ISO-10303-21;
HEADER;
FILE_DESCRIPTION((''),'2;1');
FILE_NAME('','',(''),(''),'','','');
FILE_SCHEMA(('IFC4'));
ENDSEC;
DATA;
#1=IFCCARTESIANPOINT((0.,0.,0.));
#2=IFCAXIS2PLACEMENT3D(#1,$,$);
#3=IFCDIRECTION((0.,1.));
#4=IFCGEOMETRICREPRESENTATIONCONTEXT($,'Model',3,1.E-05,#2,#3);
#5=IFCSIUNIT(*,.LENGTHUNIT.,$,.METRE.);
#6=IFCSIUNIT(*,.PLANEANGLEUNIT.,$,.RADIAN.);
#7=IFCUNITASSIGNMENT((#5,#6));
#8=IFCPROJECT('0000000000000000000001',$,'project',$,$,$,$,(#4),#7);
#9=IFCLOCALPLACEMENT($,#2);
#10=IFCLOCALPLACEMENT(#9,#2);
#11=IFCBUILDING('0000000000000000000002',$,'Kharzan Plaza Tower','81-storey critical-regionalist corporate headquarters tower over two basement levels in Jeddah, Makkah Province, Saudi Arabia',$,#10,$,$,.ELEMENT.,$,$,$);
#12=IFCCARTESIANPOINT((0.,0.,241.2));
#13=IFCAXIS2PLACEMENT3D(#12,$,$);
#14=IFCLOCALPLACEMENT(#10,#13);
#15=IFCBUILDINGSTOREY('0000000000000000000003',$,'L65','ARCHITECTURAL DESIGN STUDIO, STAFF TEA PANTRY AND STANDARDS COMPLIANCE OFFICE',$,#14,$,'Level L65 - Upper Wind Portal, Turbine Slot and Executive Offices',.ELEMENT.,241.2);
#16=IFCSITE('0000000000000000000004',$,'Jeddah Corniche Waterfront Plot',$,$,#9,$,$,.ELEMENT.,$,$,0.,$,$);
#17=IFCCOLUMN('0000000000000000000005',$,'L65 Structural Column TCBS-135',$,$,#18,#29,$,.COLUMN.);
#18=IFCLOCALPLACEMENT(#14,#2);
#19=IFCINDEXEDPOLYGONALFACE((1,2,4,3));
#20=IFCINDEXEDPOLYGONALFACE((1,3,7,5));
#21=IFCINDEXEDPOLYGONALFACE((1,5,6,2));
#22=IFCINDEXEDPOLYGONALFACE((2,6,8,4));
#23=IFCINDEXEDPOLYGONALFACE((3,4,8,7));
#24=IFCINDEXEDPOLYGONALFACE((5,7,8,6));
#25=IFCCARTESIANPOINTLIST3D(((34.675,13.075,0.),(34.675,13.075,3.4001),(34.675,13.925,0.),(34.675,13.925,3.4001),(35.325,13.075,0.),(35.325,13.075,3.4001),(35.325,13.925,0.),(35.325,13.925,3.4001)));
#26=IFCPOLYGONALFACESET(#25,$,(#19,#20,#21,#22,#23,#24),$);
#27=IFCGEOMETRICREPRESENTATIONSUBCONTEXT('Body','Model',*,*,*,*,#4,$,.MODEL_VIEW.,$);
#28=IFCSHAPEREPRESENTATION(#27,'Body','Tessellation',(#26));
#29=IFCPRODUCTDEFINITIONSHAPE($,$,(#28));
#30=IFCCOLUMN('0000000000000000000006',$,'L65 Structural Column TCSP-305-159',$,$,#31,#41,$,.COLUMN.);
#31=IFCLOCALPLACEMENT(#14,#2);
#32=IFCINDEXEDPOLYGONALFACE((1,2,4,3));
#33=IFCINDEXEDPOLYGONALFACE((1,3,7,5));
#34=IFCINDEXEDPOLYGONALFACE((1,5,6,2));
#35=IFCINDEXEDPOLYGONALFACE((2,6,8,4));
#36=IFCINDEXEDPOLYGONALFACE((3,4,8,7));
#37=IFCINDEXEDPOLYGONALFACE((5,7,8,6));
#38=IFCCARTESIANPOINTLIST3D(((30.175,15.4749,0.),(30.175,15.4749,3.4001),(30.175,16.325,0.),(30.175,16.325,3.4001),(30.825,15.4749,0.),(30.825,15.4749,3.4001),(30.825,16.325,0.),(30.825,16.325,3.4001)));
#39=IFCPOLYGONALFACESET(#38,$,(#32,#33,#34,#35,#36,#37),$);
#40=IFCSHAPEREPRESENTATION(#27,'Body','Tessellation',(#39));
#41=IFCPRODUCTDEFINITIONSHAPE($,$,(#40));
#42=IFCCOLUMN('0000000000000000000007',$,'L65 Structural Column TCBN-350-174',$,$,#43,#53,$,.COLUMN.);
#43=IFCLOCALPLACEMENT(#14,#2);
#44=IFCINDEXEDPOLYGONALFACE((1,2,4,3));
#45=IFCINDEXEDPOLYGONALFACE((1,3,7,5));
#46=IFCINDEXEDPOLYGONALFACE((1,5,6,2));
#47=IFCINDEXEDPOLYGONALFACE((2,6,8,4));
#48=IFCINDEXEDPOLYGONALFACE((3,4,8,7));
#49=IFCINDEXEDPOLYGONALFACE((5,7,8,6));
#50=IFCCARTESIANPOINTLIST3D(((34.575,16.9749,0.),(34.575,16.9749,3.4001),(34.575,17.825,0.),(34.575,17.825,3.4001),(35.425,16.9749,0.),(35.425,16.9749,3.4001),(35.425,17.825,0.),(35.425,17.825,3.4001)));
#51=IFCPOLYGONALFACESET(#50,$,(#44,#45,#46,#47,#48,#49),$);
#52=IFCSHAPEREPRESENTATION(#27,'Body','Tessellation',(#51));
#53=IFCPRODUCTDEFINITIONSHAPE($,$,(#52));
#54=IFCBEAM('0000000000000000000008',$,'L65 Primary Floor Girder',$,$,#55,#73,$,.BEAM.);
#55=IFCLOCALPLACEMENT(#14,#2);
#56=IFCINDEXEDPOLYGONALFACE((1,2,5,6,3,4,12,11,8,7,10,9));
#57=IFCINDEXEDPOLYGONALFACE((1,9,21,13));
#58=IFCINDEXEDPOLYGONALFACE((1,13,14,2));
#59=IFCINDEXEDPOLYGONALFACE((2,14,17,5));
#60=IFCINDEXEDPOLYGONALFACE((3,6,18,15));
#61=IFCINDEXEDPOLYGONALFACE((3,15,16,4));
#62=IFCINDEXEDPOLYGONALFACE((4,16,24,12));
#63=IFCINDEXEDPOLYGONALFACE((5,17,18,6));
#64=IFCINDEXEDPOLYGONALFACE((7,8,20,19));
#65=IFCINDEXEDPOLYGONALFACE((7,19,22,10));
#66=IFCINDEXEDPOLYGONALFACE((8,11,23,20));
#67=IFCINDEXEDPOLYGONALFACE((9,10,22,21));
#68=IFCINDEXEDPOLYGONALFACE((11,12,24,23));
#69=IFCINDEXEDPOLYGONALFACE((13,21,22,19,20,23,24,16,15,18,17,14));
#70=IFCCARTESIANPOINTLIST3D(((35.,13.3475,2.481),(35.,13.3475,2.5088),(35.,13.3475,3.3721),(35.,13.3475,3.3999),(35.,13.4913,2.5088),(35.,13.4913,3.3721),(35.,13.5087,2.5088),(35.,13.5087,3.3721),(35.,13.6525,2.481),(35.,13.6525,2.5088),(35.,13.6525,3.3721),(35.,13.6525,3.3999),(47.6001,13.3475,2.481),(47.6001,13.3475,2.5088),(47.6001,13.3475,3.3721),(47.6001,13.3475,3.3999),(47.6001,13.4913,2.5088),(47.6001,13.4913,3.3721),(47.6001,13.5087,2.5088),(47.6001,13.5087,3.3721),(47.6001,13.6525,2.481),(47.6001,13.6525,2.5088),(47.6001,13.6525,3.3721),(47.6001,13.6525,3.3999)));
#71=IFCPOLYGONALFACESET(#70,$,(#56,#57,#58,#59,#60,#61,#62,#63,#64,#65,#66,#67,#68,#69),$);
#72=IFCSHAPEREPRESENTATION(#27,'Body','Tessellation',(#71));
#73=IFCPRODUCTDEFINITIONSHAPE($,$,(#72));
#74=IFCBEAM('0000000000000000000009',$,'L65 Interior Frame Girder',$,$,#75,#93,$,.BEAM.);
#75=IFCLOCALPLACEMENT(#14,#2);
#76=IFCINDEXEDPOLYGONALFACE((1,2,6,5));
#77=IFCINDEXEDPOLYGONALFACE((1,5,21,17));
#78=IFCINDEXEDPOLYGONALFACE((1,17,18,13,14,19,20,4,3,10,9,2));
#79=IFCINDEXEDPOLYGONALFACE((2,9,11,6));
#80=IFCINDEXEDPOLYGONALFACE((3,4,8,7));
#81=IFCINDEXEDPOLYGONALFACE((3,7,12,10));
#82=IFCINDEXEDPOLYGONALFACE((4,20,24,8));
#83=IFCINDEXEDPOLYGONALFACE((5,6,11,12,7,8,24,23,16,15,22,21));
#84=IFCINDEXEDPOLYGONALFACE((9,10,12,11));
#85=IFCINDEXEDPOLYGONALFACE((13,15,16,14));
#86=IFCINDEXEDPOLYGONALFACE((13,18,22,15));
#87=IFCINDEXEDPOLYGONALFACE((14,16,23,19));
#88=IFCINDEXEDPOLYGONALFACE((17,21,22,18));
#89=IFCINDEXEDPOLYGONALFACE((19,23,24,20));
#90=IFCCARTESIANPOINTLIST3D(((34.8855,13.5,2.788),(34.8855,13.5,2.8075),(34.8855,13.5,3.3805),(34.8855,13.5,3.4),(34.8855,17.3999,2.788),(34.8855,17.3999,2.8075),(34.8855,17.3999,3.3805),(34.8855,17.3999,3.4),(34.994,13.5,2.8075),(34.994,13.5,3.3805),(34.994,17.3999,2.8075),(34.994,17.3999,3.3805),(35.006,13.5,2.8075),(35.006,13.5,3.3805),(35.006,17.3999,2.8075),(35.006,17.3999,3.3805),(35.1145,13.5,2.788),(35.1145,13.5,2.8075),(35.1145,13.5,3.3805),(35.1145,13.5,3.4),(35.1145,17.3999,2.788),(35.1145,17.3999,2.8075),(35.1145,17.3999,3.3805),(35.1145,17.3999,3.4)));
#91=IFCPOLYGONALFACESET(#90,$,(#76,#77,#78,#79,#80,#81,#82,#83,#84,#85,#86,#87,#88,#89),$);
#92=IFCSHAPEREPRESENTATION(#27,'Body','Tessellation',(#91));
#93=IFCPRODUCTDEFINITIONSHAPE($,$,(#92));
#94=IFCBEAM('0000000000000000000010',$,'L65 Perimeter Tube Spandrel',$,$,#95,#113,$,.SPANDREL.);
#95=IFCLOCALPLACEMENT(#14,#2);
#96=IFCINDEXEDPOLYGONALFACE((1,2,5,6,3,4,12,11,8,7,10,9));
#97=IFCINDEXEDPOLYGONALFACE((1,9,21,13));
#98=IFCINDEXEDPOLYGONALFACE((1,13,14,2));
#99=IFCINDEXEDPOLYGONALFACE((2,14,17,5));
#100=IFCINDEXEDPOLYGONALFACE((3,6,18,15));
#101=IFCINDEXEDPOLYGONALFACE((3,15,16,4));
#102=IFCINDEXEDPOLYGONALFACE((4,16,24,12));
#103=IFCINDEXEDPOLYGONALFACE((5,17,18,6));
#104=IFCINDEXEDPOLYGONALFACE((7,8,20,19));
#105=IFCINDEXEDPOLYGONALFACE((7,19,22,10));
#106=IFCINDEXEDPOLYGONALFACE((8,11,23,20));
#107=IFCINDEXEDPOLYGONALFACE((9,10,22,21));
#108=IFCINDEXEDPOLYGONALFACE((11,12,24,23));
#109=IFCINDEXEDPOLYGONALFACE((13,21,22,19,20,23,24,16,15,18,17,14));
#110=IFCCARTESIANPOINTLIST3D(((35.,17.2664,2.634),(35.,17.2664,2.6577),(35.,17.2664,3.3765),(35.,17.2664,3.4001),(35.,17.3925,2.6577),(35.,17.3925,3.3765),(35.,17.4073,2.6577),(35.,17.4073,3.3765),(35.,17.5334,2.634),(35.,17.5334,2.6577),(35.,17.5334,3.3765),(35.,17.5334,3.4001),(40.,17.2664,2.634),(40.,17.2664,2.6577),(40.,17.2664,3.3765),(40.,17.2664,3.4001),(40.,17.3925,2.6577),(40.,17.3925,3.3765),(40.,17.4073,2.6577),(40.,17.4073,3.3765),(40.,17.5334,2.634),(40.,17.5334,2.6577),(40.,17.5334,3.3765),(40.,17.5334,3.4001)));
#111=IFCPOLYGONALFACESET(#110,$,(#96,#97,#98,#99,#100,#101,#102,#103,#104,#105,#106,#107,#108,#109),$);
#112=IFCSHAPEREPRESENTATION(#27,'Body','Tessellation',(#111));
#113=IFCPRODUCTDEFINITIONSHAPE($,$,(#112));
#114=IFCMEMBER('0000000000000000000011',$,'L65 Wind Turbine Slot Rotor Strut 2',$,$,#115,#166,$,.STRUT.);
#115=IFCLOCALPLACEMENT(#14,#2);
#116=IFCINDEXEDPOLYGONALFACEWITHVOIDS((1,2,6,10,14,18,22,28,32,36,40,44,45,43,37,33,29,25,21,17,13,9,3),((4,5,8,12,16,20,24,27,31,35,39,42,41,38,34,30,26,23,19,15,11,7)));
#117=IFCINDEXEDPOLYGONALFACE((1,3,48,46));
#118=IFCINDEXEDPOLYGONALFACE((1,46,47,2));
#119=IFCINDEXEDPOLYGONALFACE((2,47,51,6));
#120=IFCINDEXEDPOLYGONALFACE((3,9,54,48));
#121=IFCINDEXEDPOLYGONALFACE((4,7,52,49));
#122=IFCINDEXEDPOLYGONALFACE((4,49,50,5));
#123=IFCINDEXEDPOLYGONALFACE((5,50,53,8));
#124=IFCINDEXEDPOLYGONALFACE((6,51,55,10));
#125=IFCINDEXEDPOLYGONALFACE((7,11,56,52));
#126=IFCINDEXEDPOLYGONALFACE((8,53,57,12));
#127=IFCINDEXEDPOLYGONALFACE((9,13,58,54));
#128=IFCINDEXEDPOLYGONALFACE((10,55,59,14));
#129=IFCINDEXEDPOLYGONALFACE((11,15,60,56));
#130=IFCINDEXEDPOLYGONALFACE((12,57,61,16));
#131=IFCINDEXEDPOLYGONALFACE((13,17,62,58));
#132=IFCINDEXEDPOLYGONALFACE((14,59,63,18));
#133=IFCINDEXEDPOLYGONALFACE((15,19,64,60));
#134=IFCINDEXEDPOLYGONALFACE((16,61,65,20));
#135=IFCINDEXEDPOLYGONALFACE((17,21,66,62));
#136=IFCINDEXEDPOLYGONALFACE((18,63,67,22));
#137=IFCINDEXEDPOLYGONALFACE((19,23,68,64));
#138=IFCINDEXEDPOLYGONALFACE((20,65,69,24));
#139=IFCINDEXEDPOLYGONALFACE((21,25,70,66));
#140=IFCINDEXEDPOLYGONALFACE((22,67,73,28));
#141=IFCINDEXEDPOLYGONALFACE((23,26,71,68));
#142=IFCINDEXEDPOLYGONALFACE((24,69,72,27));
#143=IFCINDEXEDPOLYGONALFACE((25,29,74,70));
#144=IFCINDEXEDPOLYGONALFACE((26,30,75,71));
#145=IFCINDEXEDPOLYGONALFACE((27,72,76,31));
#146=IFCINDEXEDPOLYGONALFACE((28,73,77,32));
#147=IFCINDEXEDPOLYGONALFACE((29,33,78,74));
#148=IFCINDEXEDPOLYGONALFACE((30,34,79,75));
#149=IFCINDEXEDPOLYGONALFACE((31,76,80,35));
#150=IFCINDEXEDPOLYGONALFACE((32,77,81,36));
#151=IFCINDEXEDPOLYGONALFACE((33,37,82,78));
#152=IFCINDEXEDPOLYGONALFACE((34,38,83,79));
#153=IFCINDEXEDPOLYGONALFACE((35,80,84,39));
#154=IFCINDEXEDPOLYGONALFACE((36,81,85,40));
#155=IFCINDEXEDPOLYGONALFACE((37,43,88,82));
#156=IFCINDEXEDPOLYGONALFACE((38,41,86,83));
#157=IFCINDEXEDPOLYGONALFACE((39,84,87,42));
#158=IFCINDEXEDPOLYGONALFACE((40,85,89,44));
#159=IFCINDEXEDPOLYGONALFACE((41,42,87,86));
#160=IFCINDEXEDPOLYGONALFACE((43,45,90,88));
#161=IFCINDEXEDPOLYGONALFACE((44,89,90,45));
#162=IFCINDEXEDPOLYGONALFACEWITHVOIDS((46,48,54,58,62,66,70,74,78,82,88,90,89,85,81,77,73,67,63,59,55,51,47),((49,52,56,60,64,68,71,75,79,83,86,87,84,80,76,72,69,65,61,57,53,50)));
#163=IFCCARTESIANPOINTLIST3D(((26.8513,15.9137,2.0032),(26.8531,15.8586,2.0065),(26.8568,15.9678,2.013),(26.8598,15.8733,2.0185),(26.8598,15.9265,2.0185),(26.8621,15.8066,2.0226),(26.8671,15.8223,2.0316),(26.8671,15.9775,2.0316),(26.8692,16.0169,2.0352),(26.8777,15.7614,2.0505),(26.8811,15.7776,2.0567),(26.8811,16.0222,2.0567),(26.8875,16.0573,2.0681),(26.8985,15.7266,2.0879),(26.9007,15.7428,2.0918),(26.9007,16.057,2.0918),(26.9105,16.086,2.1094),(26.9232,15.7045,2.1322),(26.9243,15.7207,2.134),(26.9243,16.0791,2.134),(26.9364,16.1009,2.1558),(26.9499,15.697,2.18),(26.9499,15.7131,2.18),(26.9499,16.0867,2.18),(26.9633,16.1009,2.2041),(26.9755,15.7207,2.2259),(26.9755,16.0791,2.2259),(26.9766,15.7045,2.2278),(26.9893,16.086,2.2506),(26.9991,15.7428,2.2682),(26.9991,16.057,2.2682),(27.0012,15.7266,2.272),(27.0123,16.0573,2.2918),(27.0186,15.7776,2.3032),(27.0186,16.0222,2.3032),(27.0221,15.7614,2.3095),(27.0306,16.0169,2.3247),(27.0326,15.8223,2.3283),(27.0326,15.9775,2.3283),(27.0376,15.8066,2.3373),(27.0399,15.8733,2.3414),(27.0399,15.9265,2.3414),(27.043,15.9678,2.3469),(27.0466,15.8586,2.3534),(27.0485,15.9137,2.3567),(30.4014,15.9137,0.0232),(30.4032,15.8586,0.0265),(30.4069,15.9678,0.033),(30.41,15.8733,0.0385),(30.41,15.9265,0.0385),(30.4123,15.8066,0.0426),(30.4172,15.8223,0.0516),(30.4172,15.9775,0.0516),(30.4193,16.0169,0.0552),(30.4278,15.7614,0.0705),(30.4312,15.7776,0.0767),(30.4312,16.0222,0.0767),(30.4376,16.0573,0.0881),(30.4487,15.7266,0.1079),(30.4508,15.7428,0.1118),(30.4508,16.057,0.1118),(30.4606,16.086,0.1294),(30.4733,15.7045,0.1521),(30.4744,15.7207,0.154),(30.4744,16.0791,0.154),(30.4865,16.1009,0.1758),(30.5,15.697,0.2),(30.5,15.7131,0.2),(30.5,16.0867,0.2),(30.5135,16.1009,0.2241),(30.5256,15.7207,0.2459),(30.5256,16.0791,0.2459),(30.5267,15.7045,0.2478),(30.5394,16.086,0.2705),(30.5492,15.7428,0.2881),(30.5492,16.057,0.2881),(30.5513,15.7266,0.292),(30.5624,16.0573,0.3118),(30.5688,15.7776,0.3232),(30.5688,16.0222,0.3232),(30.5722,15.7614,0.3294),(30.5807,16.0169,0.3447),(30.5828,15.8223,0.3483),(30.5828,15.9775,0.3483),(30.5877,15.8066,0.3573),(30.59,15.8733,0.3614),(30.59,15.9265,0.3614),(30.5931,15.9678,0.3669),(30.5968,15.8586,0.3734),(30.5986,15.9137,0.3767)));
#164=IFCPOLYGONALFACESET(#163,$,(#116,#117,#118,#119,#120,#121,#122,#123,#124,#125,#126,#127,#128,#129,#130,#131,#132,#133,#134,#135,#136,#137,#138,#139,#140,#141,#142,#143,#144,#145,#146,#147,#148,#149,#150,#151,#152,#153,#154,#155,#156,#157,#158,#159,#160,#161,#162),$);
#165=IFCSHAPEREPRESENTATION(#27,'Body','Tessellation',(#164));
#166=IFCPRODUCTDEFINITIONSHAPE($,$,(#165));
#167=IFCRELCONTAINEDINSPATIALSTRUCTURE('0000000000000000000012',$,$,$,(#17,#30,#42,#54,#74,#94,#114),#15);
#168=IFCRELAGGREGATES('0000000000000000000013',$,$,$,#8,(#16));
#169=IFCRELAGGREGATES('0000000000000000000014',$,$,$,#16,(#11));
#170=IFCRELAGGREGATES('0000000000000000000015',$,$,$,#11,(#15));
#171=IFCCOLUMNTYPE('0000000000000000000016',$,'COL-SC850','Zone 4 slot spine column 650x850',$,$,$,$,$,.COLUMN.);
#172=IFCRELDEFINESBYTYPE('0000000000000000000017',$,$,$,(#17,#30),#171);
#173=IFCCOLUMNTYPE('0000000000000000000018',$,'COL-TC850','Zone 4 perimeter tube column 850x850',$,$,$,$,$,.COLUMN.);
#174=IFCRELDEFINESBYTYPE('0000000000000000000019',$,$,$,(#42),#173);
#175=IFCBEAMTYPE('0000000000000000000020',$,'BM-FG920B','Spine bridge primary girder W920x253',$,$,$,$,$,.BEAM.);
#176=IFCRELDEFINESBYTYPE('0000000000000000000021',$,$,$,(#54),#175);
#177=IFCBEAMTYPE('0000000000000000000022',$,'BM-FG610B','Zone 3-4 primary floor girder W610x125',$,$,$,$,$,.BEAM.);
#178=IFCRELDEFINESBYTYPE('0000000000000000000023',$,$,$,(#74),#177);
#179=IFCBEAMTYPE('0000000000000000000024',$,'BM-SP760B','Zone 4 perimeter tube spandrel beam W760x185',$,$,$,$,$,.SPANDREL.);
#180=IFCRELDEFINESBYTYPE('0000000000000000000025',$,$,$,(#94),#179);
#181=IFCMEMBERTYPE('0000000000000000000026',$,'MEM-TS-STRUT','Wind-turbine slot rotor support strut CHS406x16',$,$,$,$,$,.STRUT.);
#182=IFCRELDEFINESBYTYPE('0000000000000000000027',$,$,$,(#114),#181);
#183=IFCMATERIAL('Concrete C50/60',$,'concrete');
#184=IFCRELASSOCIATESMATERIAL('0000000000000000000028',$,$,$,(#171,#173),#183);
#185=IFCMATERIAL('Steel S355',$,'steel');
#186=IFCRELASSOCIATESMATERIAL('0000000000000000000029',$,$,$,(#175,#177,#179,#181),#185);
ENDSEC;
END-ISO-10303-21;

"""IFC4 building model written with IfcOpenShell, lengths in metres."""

from ifc_helpers import new_model, si_unit, direction, frame, origin, origin_2d, place, context, subcontext, project, spatial, rectangle, hollow_circle, i_section, extrude, source, transform, mapped, material, material_profile, profile_set, type_object, element, save


model = new_model("IFC4")

# Units and contexts
model_context = context("Model", 3, precision=1e-05, world=origin(), true_north=direction((0.0, 1.0)))
body_context = subcontext(model_context, "Body", "Model", "MODEL_VIEW")
ifc_project = project(units=[si_unit("LENGTHUNIT", "METRE"), si_unit("PLANEANGLEUNIT", "RADIAN")], contexts=[model_context])

# Site, building, storey
site_placement = place(None, origin())
site = spatial("IfcSite", under=ifc_project, at=site_placement, Name="Jeddah Corniche Waterfront Plot", CompositionType="ELEMENT", RefElevation=0.0)
building_placement = place(site_placement, origin())
building = spatial("IfcBuilding", under=site, at=building_placement, Name="Kharzan Plaza Tower", Description="81-storey critical-regionalist corporate headquarters tower over two basement levels in Jeddah, Makkah Province, Saudi Arabia", CompositionType="ELEMENT")
storey_placement = place(building_placement, frame((0.0, 0.0, 241.2)))
storey = spatial("IfcBuildingStorey", under=building, at=storey_placement, Name="L65", Description="ARCHITECTURAL DESIGN STUDIO, STAFF TEA PANTRY AND STANDARDS COMPLIANCE OFFICE", LongName="Level L65 - Upper Wind Portal, Turbine Slot and Executive Offices", CompositionType="ELEMENT", Elevation=241.2)

# Columns
ifc_material_1 = material(Name="Concrete C50/60", Category="concrete")
ifc_material_profile_1 = material_profile(ifc_material_1, rectangle(XDim=0.6499, YDim=0.8501, at=origin_2d()), Name="RC-SC850x650")
ifc_profile_set_1 = profile_set([ifc_material_profile_1], Name="Concrete C50/60")
column_type_1 = type_object("IfcColumnType", Name="COL-SC850", Description="Zone 4 slot spine column 650x850", PredefinedType="COLUMN", material=ifc_profile_set_1)
shared_shape_1 = source(origin(), body_context, "Body", "SweptSolid", [
    extrude(rectangle(XDim=0.6499, YDim=0.8501, at=origin_2d()), origin(), (0.0, 0.0, 1.0), 3.4001),
])
for number, where, z_axis, x_axis, name in (
    (1, (35.0, 13.5, 0.0), (0.0, 0.0, 1.0), (1.0, 0.0, 0.0), "L65 Structural Column TCBS-135"),
    (2, (30.5, 15.8999, 0.0), (0.0, 0.0, 1.0), (1.0, 0.0, 0.0), "L65 Structural Column TCSP-305-159"),
):
    element("IfcColumn", number, at=place(storey_placement, frame(where, z_axis=z_axis, x_axis=x_axis)), inside=storey, type_object=column_type_1, Name=name, PredefinedType="COLUMN", context=body_context, shape_type="MappedRepresentation", body=[
        mapped(shared_shape_1, transform((0.0, 0.0, 0.0), x_axis=(1.0, 0.0, 0.0), y_axis=(0.0, 1.0, 0.0), z_axis=(0.0, 0.0, 1.0))),
    ])
ifc_material_profile_2 = material_profile(ifc_material_1, rectangle(XDim=0.8501, YDim=0.8501, at=origin_2d()), Name="RC-TC850x850")
ifc_profile_set_2 = profile_set([ifc_material_profile_2], Name="Concrete C50/60")
column_type_2 = type_object("IfcColumnType", Name="COL-TC850", Description="Zone 4 perimeter tube column 850x850", PredefinedType="COLUMN", material=ifc_profile_set_2)
shared_shape_2 = source(origin(), body_context, "Body", "SweptSolid", [
    extrude(rectangle(XDim=0.8501, YDim=0.8501, at=origin_2d()), origin(), (0.0, 0.0, 1.0), 3.4001),
])
column_placement = place(storey_placement, frame((35.0, 17.3999, 0.0), z_axis=(0.0, 0.0, 1.0), x_axis=(1.0, 0.0, 0.0)))
element("IfcColumn", 3, at=column_placement, inside=storey, type_object=column_type_2, Name="L65 Structural Column TCBN-350-174", PredefinedType="COLUMN", context=body_context, shape_type="MappedRepresentation", body=[
    mapped(shared_shape_2, transform((0.0, 0.0, 0.0), x_axis=(1.0, 0.0, 0.0), y_axis=(0.0, 1.0, 0.0), z_axis=(0.0, 0.0, 1.0))),
])

# Beams
ifc_material_2 = material(Name="Steel S355", Category="steel")
ifc_material_profile_3 = material_profile(ifc_material_2, i_section(OverallWidth=0.3049, OverallDepth=0.9189, WebThickness=0.0173, FlangeThickness=0.0278, at=origin_2d()), Name="W920x253")
ifc_profile_set_3 = profile_set([ifc_material_profile_3], Name="Steel S355")
beam_type_1 = type_object("IfcBeamType", Name="BM-FG920B", Description="Spine bridge primary girder W920x253", PredefinedType="BEAM", material=ifc_profile_set_3)
shared_shape_3 = source(origin(), body_context, "Body", "SweptSolid", [
    extrude(i_section(OverallWidth=0.3049, OverallDepth=0.9189, WebThickness=0.0173, FlangeThickness=0.0278, at=origin_2d()), origin(), (0.0, 0.0, 1.0), 12.6001),
])
beam_1_placement = place(storey_placement, frame((35.0, 13.5, 2.9404), z_axis=(1.0, 0.0, 0.0), x_axis=(0.0, 1.0, 0.0)))
element("IfcBeam", 4, at=beam_1_placement, inside=storey, type_object=beam_type_1, Name="L65 Primary Floor Girder", PredefinedType="BEAM", context=body_context, shape_type="MappedRepresentation", body=[
    mapped(shared_shape_3, transform((0.0, 0.0, 0.0), x_axis=(1.0, 0.0, 0.0), y_axis=(0.0, 1.0, 0.0), z_axis=(0.0, 0.0, 1.0))),
])
ifc_material_profile_4 = material_profile(ifc_material_2, i_section(OverallWidth=0.229, OverallDepth=0.6121, WebThickness=0.012, FlangeThickness=0.0195, at=origin_2d()), Name="W610x125")
ifc_profile_set_4 = profile_set([ifc_material_profile_4], Name="Steel S355")
beam_type_2 = type_object("IfcBeamType", Name="BM-FG610B", Description="Zone 3-4 primary floor girder W610x125", PredefinedType="BEAM", material=ifc_profile_set_4)
shared_shape_4 = source(origin(), body_context, "Body", "SweptSolid", [
    extrude(i_section(OverallWidth=0.229, OverallDepth=0.6121, WebThickness=0.012, FlangeThickness=0.0195, at=origin_2d()), origin(), (0.0, 0.0, 1.0), 3.8999),
])
beam_2_placement = place(storey_placement, frame((35.0, 13.5, 3.094), z_axis=(0.0, 1.0, 0.0), x_axis=(-1.0, 0.0, 0.0)))
element("IfcBeam", 5, at=beam_2_placement, inside=storey, type_object=beam_type_2, Name="L65 Interior Frame Girder", PredefinedType="BEAM", context=body_context, shape_type="MappedRepresentation", body=[
    mapped(shared_shape_4, transform((0.0, 0.0, 0.0), x_axis=(1.0, 0.0, 0.0), y_axis=(0.0, 1.0, 0.0), z_axis=(0.0, 0.0, 1.0))),
])
ifc_material_profile_5 = material_profile(ifc_material_2, i_section(OverallWidth=0.2671, OverallDepth=0.7661, WebThickness=0.0149, FlangeThickness=0.0237, at=origin_2d()), Name="W760x185")
ifc_profile_set_5 = profile_set([ifc_material_profile_5], Name="Steel S355")
beam_type_3 = type_object("IfcBeamType", Name="BM-SP760B", Description="Zone 4 perimeter tube spandrel beam W760x185", PredefinedType="SPANDREL", material=ifc_profile_set_5)
shared_shape_5 = source(origin(), body_context, "Body", "SweptSolid", [
    extrude(i_section(OverallWidth=0.2671, OverallDepth=0.7661, WebThickness=0.0149, FlangeThickness=0.0237, at=origin_2d()), origin(), (0.0, 0.0, 1.0), 5.0),
])
beam_3_placement = place(storey_placement, frame((35.0, 17.3999, 3.0171), z_axis=(1.0, 0.0, 0.0), x_axis=(0.0, 1.0, 0.0)))
element("IfcBeam", 6, at=beam_3_placement, inside=storey, type_object=beam_type_3, Name="L65 Perimeter Tube Spandrel", PredefinedType="SPANDREL", context=body_context, shape_type="MappedRepresentation", body=[
    mapped(shared_shape_5, transform((0.0, 0.0, 0.0), x_axis=(1.0, 0.0, 0.0), y_axis=(0.0, 1.0, 0.0), z_axis=(0.0, 0.0, 1.0))),
])

# Member
ifc_material_profile_6 = material_profile(ifc_material_2, hollow_circle(Radius=0.2029, WallThickness=0.0161, at=origin_2d()), Name="CHS406x16")
ifc_profile_set_6 = profile_set([ifc_material_profile_6], Name="Steel S355")
member_type_1 = type_object("IfcMemberType", Name="MEM-TS-STRUT", Description="Wind-turbine slot rotor support strut CHS406x16", PredefinedType="STRUT", material=ifc_profile_set_6)
shared_shape_6 = source(origin(), body_context, "Body", "SweptSolid", [
    extrude(hollow_circle(Radius=0.2029, WallThickness=0.0161, at=origin_2d()), origin(), (0.0, 0.0, 1.0), 4.0649),
])
member_1_placement = place(storey_placement, frame((30.5, 15.8999, 0.2), z_axis=(-0.873349, 0.0, 0.487096), x_axis=(0.0, -1.0, 0.0)))
element("IfcMember", 7, at=member_1_placement, inside=storey, type_object=member_type_1, Name="L65 Wind Turbine Slot Rotor Strut 2", PredefinedType="STRUT", context=body_context, shape_type="MappedRepresentation", body=[
    mapped(shared_shape_6, transform((0.0, 0.0, 0.0), x_axis=(1.0, 0.0, 0.0), y_axis=(0.0, 1.0, 0.0), z_axis=(0.0, 0.0, 1.0))),
])

save(model, "model.ifc")
